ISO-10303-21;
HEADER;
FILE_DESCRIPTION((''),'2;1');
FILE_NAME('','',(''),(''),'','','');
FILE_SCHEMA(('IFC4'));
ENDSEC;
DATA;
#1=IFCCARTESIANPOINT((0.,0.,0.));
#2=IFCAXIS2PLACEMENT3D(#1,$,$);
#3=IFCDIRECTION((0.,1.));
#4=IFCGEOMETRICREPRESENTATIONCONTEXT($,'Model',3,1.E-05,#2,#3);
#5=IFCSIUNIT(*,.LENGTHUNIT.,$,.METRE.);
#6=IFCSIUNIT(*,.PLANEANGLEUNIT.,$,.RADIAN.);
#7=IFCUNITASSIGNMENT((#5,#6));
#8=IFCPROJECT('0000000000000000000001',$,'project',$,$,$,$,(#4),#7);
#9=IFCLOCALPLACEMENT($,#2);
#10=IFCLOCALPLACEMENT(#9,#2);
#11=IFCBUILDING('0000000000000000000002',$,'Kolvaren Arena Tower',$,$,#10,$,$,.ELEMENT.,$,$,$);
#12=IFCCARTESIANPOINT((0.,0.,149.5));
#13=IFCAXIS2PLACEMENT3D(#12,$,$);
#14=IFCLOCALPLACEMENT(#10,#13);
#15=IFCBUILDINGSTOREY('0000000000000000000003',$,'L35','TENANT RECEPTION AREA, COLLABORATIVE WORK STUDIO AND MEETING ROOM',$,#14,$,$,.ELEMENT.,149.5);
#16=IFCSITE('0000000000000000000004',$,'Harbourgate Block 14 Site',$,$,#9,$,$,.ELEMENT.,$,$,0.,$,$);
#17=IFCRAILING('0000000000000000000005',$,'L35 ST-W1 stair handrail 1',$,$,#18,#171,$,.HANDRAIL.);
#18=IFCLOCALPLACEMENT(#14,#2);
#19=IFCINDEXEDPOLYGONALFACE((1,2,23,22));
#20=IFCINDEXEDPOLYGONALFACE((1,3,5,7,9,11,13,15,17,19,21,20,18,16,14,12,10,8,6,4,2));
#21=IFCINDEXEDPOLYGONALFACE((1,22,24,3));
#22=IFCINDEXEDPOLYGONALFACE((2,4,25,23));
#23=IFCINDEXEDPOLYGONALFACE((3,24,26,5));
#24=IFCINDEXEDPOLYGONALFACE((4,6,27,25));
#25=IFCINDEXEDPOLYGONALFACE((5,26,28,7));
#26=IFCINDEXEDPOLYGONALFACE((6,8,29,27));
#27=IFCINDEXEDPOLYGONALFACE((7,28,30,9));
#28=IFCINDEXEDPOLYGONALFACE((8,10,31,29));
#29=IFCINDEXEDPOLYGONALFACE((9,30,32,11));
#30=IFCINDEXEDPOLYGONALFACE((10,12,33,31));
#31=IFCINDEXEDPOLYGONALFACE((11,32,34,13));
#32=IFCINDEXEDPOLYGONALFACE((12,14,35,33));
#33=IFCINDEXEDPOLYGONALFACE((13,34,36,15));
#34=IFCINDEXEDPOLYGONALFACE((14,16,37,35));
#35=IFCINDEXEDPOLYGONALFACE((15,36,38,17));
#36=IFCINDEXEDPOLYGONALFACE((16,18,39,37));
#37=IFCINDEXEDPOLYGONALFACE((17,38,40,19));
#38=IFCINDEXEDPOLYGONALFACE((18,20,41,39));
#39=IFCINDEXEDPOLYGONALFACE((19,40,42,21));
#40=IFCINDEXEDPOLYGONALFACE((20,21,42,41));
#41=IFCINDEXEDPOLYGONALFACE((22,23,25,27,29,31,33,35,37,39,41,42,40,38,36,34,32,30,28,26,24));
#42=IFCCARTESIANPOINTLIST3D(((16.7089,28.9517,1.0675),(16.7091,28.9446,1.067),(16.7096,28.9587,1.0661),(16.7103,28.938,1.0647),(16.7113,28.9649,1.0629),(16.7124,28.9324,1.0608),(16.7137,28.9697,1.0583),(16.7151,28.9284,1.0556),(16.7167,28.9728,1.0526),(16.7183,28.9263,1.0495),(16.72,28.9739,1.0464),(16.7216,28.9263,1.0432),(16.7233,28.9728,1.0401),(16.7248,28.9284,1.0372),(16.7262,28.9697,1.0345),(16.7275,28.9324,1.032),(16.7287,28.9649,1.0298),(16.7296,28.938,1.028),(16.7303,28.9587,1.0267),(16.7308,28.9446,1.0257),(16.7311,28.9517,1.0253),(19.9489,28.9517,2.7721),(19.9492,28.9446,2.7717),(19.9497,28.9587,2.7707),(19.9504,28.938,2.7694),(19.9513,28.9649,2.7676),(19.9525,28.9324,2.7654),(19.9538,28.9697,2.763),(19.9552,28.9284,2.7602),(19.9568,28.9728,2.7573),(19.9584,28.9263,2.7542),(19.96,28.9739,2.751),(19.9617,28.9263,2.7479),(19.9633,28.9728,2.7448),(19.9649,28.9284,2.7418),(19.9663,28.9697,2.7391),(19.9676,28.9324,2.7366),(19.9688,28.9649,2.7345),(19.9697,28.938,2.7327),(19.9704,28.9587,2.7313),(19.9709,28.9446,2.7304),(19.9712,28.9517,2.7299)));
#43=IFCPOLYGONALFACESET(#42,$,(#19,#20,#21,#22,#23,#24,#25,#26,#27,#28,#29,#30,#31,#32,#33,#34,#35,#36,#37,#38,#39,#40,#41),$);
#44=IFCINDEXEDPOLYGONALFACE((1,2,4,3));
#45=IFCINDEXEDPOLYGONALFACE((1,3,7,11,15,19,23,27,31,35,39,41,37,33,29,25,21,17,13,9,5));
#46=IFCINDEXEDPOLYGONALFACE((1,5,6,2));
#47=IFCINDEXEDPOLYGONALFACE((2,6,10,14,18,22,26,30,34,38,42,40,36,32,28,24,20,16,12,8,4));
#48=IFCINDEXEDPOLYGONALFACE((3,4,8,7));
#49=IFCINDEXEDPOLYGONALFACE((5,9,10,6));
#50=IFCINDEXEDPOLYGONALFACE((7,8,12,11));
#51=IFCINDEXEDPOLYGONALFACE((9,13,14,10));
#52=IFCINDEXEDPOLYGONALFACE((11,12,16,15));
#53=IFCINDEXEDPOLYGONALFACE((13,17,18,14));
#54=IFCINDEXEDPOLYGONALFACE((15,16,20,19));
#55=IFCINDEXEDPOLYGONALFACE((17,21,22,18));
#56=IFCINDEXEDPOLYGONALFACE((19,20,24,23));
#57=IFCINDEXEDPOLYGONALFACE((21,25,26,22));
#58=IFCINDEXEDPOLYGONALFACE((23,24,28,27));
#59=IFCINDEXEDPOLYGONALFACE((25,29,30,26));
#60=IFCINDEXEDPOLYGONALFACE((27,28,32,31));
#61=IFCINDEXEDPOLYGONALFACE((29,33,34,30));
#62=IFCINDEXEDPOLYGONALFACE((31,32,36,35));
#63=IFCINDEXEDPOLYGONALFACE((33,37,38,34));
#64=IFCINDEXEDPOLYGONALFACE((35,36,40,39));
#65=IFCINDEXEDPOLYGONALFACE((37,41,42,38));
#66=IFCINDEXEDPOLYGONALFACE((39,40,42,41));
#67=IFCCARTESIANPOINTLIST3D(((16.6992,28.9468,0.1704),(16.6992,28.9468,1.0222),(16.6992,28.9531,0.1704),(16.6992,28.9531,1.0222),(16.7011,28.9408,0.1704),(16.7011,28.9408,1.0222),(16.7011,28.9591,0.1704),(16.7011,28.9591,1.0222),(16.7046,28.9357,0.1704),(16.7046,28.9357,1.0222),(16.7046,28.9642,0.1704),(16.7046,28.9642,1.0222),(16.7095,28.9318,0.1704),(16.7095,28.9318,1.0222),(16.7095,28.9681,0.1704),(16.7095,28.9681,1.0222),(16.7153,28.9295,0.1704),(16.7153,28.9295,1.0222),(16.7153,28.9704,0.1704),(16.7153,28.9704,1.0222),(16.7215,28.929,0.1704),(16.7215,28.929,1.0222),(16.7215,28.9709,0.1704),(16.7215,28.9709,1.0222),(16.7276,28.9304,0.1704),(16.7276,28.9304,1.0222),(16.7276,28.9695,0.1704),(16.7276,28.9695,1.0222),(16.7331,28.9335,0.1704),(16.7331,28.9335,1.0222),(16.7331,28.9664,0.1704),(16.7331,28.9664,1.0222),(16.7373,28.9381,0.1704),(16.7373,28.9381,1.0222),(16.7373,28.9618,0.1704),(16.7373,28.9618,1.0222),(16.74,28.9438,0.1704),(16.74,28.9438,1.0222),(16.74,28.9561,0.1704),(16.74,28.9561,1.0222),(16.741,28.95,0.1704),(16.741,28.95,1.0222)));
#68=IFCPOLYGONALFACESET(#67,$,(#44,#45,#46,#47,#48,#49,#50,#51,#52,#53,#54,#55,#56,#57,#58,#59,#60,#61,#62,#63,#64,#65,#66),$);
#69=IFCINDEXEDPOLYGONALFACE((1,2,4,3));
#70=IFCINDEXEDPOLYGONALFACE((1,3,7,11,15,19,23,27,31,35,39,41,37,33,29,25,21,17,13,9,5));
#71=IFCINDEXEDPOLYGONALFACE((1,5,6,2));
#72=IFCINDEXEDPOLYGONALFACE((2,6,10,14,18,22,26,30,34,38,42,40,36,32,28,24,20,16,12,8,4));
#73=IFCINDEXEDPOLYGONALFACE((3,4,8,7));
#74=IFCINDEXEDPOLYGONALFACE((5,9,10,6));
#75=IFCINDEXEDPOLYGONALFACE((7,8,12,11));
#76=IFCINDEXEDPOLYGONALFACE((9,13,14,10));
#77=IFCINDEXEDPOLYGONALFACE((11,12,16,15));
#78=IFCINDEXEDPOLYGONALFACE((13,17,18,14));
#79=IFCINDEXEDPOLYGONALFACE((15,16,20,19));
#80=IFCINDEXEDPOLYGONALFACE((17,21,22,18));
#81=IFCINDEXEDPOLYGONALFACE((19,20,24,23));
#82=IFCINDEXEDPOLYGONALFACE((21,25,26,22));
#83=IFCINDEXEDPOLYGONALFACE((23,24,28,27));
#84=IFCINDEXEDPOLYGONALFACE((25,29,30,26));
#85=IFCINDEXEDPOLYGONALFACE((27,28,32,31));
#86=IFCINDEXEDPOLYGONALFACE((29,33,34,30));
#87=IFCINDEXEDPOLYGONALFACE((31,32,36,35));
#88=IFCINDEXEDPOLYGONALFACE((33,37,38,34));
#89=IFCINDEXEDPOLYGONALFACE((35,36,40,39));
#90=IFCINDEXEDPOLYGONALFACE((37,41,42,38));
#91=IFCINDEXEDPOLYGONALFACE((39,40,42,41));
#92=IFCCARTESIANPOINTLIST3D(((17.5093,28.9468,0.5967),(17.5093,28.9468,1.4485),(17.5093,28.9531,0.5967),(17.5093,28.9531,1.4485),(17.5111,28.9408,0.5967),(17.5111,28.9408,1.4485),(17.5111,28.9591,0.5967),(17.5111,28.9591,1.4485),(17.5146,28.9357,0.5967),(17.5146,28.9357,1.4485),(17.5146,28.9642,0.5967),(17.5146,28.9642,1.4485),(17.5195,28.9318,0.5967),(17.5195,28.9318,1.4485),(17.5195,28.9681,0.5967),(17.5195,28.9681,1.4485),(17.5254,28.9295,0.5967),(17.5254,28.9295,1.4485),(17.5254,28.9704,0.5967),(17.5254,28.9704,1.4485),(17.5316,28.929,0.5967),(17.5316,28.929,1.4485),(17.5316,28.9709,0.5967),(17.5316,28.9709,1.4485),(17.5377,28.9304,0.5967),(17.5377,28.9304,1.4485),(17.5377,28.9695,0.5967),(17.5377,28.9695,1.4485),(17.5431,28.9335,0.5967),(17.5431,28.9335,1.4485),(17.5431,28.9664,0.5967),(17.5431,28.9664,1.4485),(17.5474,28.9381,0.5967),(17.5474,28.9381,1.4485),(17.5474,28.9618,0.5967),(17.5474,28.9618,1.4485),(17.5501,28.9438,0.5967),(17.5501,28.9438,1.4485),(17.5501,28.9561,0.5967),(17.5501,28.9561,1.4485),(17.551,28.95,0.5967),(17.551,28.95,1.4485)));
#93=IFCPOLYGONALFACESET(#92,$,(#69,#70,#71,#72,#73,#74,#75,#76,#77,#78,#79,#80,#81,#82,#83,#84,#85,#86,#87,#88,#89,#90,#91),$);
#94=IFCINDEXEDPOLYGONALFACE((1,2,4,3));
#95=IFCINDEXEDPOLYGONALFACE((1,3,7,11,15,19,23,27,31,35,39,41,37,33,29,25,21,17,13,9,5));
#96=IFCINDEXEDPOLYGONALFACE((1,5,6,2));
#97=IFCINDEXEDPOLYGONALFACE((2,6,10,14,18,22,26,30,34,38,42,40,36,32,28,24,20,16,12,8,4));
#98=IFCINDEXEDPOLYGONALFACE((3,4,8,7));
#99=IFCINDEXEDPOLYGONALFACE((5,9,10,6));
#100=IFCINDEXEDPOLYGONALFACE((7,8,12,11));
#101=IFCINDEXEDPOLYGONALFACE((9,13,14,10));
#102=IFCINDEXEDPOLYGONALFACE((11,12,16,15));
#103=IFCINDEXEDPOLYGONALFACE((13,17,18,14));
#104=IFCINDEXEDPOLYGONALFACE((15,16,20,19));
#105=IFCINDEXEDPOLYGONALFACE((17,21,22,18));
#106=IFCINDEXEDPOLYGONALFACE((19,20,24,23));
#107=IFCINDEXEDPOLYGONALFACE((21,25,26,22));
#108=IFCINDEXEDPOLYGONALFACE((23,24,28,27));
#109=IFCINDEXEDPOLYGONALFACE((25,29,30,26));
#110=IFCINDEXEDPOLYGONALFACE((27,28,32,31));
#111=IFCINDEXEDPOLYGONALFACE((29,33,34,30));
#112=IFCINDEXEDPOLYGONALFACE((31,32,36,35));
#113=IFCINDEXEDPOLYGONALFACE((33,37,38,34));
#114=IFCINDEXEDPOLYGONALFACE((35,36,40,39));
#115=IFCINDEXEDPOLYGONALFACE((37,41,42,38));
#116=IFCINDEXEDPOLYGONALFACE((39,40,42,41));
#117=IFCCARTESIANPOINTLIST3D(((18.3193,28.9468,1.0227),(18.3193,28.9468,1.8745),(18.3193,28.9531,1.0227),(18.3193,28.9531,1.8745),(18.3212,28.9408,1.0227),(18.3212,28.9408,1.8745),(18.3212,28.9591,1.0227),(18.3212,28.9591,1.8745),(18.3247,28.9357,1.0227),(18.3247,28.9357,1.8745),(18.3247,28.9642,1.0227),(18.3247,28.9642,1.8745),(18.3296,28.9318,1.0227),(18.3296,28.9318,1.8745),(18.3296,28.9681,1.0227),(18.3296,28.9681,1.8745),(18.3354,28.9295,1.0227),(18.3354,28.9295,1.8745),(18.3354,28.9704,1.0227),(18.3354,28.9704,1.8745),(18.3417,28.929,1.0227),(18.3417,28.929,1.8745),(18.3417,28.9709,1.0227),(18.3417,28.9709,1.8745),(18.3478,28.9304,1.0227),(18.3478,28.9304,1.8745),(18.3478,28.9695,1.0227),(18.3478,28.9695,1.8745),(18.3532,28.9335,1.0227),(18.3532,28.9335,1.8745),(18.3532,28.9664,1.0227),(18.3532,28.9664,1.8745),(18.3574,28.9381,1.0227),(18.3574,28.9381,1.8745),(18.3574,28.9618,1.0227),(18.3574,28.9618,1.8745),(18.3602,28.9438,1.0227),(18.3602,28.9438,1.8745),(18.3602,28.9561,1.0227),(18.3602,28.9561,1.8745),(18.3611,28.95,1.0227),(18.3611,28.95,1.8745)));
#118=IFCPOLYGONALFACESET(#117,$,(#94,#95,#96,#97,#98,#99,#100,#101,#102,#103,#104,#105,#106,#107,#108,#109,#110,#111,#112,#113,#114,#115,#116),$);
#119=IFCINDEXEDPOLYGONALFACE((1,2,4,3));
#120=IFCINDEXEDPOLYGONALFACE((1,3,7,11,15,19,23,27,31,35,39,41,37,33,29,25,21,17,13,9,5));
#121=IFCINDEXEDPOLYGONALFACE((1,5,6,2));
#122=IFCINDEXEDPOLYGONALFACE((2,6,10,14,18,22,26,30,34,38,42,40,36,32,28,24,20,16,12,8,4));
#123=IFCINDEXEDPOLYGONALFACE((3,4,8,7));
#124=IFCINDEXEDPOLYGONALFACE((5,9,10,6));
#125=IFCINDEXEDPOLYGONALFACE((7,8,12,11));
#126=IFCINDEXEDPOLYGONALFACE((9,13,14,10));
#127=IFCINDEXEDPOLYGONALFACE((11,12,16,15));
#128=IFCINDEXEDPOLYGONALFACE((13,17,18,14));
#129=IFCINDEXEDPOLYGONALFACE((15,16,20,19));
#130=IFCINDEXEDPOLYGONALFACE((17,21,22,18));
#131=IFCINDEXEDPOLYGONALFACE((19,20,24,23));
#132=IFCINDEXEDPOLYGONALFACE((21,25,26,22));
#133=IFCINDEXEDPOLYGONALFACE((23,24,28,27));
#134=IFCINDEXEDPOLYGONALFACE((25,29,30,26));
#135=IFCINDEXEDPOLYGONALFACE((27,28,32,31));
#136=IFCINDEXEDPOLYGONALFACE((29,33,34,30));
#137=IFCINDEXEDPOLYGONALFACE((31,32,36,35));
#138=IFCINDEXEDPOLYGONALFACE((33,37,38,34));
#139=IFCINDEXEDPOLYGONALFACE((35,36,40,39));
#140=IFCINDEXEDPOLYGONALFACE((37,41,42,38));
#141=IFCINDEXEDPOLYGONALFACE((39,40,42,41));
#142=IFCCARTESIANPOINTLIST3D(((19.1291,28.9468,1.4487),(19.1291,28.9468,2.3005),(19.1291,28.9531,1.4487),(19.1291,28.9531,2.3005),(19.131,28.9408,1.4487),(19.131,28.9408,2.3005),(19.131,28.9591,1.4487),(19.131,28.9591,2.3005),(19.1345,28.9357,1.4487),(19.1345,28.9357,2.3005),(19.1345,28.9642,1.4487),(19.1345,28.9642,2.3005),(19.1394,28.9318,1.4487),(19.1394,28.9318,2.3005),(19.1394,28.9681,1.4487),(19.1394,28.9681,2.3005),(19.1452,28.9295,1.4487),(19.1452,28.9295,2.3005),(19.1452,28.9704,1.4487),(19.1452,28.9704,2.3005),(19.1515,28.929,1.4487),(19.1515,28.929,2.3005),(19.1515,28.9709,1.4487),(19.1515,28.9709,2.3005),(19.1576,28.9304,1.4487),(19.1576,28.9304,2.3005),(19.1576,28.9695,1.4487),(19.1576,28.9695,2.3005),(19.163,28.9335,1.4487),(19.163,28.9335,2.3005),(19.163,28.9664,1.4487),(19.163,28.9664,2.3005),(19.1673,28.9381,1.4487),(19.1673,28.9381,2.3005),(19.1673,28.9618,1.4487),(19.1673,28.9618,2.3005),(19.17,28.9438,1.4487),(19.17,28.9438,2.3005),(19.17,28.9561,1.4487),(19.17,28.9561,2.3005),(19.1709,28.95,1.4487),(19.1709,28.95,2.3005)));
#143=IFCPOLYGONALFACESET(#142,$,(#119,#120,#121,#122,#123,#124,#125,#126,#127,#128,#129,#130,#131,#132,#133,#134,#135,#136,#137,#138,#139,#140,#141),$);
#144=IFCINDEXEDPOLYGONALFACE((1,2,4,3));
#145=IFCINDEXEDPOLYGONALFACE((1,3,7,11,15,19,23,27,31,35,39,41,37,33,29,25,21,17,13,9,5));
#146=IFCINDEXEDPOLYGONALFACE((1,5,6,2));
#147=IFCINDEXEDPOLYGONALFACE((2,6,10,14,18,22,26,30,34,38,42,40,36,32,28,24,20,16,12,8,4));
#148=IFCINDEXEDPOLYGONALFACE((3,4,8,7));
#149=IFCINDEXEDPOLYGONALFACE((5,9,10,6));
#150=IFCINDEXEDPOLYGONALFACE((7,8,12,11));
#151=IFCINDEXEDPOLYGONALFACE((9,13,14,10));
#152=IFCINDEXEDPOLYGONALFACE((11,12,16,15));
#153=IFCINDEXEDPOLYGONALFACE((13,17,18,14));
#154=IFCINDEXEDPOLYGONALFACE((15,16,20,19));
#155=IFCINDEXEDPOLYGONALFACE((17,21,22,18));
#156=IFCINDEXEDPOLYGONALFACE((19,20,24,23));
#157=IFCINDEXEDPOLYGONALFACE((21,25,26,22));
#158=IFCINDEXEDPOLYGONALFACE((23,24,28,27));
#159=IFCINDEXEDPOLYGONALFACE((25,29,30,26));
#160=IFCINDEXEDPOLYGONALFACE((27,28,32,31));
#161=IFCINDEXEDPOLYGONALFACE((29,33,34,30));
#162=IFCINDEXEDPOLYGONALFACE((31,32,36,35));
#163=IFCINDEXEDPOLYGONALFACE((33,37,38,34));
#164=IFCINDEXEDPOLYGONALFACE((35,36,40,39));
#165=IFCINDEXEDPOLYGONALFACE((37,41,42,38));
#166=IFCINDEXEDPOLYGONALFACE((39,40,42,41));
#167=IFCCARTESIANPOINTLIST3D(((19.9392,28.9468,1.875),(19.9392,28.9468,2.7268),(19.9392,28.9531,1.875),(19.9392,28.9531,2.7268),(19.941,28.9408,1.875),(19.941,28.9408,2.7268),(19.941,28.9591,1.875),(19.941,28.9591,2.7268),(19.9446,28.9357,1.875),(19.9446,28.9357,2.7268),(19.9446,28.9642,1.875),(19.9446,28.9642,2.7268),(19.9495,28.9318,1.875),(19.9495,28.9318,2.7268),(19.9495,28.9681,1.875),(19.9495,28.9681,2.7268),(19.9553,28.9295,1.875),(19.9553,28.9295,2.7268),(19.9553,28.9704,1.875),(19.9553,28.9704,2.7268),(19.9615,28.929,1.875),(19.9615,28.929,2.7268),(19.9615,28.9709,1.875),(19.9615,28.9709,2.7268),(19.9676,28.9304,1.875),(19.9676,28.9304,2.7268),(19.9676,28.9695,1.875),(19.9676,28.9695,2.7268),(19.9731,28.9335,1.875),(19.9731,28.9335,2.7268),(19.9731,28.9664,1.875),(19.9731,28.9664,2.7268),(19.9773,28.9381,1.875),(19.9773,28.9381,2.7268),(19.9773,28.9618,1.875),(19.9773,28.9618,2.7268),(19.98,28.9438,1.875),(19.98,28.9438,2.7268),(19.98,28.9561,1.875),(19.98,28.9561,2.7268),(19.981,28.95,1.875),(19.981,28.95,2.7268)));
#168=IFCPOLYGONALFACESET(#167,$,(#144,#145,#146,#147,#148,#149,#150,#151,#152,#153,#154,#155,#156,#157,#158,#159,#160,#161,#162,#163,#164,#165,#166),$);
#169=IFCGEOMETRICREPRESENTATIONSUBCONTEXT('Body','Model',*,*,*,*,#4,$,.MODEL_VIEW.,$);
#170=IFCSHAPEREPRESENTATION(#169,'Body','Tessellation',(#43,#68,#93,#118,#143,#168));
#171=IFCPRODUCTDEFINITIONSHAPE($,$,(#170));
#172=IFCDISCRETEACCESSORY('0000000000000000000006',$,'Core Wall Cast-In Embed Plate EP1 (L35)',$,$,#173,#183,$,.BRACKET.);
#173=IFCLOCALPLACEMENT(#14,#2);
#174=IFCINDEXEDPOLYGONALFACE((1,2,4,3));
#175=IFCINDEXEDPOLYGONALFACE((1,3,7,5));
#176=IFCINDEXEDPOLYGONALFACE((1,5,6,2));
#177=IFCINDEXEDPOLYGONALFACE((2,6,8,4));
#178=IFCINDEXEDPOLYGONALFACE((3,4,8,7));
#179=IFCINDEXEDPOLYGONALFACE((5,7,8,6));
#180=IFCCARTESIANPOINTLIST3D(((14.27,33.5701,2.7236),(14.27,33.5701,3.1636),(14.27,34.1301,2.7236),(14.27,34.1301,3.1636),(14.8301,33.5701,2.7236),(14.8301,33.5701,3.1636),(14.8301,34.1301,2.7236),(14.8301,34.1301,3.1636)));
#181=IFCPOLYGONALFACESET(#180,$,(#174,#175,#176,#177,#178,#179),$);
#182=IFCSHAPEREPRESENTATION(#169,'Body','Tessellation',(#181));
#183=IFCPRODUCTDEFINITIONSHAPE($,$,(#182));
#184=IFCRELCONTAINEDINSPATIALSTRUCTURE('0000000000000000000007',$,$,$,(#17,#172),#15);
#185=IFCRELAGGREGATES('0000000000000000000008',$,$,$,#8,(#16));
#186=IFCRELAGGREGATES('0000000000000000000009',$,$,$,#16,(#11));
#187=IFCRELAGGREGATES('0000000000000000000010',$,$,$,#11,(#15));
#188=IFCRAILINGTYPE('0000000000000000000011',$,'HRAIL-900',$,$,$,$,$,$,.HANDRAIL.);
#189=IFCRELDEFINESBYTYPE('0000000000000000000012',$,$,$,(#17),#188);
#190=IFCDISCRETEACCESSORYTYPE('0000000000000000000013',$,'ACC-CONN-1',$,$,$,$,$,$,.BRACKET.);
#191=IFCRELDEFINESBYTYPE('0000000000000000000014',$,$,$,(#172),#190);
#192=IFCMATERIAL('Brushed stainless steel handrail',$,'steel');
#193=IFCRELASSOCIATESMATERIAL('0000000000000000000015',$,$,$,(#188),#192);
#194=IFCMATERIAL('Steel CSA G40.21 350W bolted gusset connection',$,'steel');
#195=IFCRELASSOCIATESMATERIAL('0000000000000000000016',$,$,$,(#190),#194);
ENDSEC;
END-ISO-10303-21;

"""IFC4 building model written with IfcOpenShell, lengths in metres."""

from ifc_helpers import new_model, si_unit, direction, frame, origin, origin_2d, place, context, subcontext, project, spatial, rectangle, circle, extrude, material, type_object, element, save


model = new_model("IFC4")

# Units and contexts
model_context = context("Model", 3, precision=1e-05, world=origin(), true_north=direction((0.0, 1.0)))
body_context = subcontext(model_context, "Body", "Model", "MODEL_VIEW")
ifc_project = project(units=[si_unit("LENGTHUNIT", "METRE"), si_unit("PLANEANGLEUNIT", "RADIAN")], contexts=[model_context])

# Site, building, storey
site_placement = place(None, origin())
site = spatial("IfcSite", under=ifc_project, at=site_placement, Name="Harbourgate Block 14 Site", CompositionType="ELEMENT", RefElevation=0.0)
building_placement = place(site_placement, origin())
building = spatial("IfcBuilding", under=site, at=building_placement, Name="Kolvaren Arena Tower", CompositionType="ELEMENT")
storey_placement = place(building_placement, frame((0.0, 0.0, 149.5)))
storey = spatial("IfcBuildingStorey", under=building, at=storey_placement, Name="L35", Description="TENANT RECEPTION AREA, COLLABORATIVE WORK STUDIO AND MEETING ROOM", CompositionType="ELEMENT", Elevation=149.5)

# Railing
ifc_material_1 = material(Name="Brushed stainless steel handrail", Category="steel")
railing_type_1 = type_object("IfcRailingType", Name="HRAIL-900", PredefinedType="HANDRAIL", material=ifc_material_1)
railing_1_placement = place(storey_placement, frame((16.72, 28.95, 0.1704)))
element("IfcRailing", 1, at=railing_1_placement, inside=storey, type_object=railing_type_1, Name="L35 ST-W1 stair handrail 1", PredefinedType="HANDRAIL", context=body_context, shape_type="SweptSolid", body=[
    extrude(circle(Radius=0.0239, at=origin_2d()), frame((0.0, 0.0, 0.876), z_axis=(0.884993, 0.0, 0.465604), x_axis=(0.0, 1.0, 0.0)), (0.0, 0.0, 1.0), 3.6611),
    extrude(circle(Radius=0.021, at=origin_2d()), origin(), (0.0, 0.0, 1.0), 0.8518),
    extrude(circle(Radius=0.021, at=origin_2d()), frame((0.8101, 0.0, 0.4263)), (0.0, 0.0, 1.0), 0.8518),
    extrude(circle(Radius=0.021, at=origin_2d()), frame((1.6201, 0.0, 0.8523)), (0.0, 0.0, 1.0), 0.8518),
    extrude(circle(Radius=0.021, at=origin_2d()), frame((2.4299, 0.0, 1.2783)), (0.0, 0.0, 1.0), 0.8518),
    extrude(circle(Radius=0.021, at=origin_2d()), frame((3.24, 0.0, 1.7046)), (0.0, 0.0, 1.0), 0.8518),
])

# Discrete accessory
ifc_material_2 = material(Name="Steel CSA G40.21 350W bolted gusset connection", Category="steel")
discrete_accessory_type = type_object("IfcDiscreteAccessoryType", Name="ACC-CONN-1", PredefinedType="BRACKET", material=ifc_material_2)
discrete_accessory_placement = place(storey_placement, frame((14.55, 33.8501, 2.7236), z_axis=(0.0, 0.0, 1.0), x_axis=(1.0, 0.0, 0.0)))
element("IfcDiscreteAccessory", 2, at=discrete_accessory_placement, inside=storey, type_object=discrete_accessory_type, Name="Core Wall Cast-In Embed Plate EP1 (L35)", PredefinedType="BRACKET", context=body_context, shape_type="SweptSolid", body=[
    extrude(rectangle(XDim=0.5601, YDim=0.5601, at=origin_2d()), origin(), (0.0, 0.0, 1.0), 0.4399),
])

save(model, "model.ifc")
